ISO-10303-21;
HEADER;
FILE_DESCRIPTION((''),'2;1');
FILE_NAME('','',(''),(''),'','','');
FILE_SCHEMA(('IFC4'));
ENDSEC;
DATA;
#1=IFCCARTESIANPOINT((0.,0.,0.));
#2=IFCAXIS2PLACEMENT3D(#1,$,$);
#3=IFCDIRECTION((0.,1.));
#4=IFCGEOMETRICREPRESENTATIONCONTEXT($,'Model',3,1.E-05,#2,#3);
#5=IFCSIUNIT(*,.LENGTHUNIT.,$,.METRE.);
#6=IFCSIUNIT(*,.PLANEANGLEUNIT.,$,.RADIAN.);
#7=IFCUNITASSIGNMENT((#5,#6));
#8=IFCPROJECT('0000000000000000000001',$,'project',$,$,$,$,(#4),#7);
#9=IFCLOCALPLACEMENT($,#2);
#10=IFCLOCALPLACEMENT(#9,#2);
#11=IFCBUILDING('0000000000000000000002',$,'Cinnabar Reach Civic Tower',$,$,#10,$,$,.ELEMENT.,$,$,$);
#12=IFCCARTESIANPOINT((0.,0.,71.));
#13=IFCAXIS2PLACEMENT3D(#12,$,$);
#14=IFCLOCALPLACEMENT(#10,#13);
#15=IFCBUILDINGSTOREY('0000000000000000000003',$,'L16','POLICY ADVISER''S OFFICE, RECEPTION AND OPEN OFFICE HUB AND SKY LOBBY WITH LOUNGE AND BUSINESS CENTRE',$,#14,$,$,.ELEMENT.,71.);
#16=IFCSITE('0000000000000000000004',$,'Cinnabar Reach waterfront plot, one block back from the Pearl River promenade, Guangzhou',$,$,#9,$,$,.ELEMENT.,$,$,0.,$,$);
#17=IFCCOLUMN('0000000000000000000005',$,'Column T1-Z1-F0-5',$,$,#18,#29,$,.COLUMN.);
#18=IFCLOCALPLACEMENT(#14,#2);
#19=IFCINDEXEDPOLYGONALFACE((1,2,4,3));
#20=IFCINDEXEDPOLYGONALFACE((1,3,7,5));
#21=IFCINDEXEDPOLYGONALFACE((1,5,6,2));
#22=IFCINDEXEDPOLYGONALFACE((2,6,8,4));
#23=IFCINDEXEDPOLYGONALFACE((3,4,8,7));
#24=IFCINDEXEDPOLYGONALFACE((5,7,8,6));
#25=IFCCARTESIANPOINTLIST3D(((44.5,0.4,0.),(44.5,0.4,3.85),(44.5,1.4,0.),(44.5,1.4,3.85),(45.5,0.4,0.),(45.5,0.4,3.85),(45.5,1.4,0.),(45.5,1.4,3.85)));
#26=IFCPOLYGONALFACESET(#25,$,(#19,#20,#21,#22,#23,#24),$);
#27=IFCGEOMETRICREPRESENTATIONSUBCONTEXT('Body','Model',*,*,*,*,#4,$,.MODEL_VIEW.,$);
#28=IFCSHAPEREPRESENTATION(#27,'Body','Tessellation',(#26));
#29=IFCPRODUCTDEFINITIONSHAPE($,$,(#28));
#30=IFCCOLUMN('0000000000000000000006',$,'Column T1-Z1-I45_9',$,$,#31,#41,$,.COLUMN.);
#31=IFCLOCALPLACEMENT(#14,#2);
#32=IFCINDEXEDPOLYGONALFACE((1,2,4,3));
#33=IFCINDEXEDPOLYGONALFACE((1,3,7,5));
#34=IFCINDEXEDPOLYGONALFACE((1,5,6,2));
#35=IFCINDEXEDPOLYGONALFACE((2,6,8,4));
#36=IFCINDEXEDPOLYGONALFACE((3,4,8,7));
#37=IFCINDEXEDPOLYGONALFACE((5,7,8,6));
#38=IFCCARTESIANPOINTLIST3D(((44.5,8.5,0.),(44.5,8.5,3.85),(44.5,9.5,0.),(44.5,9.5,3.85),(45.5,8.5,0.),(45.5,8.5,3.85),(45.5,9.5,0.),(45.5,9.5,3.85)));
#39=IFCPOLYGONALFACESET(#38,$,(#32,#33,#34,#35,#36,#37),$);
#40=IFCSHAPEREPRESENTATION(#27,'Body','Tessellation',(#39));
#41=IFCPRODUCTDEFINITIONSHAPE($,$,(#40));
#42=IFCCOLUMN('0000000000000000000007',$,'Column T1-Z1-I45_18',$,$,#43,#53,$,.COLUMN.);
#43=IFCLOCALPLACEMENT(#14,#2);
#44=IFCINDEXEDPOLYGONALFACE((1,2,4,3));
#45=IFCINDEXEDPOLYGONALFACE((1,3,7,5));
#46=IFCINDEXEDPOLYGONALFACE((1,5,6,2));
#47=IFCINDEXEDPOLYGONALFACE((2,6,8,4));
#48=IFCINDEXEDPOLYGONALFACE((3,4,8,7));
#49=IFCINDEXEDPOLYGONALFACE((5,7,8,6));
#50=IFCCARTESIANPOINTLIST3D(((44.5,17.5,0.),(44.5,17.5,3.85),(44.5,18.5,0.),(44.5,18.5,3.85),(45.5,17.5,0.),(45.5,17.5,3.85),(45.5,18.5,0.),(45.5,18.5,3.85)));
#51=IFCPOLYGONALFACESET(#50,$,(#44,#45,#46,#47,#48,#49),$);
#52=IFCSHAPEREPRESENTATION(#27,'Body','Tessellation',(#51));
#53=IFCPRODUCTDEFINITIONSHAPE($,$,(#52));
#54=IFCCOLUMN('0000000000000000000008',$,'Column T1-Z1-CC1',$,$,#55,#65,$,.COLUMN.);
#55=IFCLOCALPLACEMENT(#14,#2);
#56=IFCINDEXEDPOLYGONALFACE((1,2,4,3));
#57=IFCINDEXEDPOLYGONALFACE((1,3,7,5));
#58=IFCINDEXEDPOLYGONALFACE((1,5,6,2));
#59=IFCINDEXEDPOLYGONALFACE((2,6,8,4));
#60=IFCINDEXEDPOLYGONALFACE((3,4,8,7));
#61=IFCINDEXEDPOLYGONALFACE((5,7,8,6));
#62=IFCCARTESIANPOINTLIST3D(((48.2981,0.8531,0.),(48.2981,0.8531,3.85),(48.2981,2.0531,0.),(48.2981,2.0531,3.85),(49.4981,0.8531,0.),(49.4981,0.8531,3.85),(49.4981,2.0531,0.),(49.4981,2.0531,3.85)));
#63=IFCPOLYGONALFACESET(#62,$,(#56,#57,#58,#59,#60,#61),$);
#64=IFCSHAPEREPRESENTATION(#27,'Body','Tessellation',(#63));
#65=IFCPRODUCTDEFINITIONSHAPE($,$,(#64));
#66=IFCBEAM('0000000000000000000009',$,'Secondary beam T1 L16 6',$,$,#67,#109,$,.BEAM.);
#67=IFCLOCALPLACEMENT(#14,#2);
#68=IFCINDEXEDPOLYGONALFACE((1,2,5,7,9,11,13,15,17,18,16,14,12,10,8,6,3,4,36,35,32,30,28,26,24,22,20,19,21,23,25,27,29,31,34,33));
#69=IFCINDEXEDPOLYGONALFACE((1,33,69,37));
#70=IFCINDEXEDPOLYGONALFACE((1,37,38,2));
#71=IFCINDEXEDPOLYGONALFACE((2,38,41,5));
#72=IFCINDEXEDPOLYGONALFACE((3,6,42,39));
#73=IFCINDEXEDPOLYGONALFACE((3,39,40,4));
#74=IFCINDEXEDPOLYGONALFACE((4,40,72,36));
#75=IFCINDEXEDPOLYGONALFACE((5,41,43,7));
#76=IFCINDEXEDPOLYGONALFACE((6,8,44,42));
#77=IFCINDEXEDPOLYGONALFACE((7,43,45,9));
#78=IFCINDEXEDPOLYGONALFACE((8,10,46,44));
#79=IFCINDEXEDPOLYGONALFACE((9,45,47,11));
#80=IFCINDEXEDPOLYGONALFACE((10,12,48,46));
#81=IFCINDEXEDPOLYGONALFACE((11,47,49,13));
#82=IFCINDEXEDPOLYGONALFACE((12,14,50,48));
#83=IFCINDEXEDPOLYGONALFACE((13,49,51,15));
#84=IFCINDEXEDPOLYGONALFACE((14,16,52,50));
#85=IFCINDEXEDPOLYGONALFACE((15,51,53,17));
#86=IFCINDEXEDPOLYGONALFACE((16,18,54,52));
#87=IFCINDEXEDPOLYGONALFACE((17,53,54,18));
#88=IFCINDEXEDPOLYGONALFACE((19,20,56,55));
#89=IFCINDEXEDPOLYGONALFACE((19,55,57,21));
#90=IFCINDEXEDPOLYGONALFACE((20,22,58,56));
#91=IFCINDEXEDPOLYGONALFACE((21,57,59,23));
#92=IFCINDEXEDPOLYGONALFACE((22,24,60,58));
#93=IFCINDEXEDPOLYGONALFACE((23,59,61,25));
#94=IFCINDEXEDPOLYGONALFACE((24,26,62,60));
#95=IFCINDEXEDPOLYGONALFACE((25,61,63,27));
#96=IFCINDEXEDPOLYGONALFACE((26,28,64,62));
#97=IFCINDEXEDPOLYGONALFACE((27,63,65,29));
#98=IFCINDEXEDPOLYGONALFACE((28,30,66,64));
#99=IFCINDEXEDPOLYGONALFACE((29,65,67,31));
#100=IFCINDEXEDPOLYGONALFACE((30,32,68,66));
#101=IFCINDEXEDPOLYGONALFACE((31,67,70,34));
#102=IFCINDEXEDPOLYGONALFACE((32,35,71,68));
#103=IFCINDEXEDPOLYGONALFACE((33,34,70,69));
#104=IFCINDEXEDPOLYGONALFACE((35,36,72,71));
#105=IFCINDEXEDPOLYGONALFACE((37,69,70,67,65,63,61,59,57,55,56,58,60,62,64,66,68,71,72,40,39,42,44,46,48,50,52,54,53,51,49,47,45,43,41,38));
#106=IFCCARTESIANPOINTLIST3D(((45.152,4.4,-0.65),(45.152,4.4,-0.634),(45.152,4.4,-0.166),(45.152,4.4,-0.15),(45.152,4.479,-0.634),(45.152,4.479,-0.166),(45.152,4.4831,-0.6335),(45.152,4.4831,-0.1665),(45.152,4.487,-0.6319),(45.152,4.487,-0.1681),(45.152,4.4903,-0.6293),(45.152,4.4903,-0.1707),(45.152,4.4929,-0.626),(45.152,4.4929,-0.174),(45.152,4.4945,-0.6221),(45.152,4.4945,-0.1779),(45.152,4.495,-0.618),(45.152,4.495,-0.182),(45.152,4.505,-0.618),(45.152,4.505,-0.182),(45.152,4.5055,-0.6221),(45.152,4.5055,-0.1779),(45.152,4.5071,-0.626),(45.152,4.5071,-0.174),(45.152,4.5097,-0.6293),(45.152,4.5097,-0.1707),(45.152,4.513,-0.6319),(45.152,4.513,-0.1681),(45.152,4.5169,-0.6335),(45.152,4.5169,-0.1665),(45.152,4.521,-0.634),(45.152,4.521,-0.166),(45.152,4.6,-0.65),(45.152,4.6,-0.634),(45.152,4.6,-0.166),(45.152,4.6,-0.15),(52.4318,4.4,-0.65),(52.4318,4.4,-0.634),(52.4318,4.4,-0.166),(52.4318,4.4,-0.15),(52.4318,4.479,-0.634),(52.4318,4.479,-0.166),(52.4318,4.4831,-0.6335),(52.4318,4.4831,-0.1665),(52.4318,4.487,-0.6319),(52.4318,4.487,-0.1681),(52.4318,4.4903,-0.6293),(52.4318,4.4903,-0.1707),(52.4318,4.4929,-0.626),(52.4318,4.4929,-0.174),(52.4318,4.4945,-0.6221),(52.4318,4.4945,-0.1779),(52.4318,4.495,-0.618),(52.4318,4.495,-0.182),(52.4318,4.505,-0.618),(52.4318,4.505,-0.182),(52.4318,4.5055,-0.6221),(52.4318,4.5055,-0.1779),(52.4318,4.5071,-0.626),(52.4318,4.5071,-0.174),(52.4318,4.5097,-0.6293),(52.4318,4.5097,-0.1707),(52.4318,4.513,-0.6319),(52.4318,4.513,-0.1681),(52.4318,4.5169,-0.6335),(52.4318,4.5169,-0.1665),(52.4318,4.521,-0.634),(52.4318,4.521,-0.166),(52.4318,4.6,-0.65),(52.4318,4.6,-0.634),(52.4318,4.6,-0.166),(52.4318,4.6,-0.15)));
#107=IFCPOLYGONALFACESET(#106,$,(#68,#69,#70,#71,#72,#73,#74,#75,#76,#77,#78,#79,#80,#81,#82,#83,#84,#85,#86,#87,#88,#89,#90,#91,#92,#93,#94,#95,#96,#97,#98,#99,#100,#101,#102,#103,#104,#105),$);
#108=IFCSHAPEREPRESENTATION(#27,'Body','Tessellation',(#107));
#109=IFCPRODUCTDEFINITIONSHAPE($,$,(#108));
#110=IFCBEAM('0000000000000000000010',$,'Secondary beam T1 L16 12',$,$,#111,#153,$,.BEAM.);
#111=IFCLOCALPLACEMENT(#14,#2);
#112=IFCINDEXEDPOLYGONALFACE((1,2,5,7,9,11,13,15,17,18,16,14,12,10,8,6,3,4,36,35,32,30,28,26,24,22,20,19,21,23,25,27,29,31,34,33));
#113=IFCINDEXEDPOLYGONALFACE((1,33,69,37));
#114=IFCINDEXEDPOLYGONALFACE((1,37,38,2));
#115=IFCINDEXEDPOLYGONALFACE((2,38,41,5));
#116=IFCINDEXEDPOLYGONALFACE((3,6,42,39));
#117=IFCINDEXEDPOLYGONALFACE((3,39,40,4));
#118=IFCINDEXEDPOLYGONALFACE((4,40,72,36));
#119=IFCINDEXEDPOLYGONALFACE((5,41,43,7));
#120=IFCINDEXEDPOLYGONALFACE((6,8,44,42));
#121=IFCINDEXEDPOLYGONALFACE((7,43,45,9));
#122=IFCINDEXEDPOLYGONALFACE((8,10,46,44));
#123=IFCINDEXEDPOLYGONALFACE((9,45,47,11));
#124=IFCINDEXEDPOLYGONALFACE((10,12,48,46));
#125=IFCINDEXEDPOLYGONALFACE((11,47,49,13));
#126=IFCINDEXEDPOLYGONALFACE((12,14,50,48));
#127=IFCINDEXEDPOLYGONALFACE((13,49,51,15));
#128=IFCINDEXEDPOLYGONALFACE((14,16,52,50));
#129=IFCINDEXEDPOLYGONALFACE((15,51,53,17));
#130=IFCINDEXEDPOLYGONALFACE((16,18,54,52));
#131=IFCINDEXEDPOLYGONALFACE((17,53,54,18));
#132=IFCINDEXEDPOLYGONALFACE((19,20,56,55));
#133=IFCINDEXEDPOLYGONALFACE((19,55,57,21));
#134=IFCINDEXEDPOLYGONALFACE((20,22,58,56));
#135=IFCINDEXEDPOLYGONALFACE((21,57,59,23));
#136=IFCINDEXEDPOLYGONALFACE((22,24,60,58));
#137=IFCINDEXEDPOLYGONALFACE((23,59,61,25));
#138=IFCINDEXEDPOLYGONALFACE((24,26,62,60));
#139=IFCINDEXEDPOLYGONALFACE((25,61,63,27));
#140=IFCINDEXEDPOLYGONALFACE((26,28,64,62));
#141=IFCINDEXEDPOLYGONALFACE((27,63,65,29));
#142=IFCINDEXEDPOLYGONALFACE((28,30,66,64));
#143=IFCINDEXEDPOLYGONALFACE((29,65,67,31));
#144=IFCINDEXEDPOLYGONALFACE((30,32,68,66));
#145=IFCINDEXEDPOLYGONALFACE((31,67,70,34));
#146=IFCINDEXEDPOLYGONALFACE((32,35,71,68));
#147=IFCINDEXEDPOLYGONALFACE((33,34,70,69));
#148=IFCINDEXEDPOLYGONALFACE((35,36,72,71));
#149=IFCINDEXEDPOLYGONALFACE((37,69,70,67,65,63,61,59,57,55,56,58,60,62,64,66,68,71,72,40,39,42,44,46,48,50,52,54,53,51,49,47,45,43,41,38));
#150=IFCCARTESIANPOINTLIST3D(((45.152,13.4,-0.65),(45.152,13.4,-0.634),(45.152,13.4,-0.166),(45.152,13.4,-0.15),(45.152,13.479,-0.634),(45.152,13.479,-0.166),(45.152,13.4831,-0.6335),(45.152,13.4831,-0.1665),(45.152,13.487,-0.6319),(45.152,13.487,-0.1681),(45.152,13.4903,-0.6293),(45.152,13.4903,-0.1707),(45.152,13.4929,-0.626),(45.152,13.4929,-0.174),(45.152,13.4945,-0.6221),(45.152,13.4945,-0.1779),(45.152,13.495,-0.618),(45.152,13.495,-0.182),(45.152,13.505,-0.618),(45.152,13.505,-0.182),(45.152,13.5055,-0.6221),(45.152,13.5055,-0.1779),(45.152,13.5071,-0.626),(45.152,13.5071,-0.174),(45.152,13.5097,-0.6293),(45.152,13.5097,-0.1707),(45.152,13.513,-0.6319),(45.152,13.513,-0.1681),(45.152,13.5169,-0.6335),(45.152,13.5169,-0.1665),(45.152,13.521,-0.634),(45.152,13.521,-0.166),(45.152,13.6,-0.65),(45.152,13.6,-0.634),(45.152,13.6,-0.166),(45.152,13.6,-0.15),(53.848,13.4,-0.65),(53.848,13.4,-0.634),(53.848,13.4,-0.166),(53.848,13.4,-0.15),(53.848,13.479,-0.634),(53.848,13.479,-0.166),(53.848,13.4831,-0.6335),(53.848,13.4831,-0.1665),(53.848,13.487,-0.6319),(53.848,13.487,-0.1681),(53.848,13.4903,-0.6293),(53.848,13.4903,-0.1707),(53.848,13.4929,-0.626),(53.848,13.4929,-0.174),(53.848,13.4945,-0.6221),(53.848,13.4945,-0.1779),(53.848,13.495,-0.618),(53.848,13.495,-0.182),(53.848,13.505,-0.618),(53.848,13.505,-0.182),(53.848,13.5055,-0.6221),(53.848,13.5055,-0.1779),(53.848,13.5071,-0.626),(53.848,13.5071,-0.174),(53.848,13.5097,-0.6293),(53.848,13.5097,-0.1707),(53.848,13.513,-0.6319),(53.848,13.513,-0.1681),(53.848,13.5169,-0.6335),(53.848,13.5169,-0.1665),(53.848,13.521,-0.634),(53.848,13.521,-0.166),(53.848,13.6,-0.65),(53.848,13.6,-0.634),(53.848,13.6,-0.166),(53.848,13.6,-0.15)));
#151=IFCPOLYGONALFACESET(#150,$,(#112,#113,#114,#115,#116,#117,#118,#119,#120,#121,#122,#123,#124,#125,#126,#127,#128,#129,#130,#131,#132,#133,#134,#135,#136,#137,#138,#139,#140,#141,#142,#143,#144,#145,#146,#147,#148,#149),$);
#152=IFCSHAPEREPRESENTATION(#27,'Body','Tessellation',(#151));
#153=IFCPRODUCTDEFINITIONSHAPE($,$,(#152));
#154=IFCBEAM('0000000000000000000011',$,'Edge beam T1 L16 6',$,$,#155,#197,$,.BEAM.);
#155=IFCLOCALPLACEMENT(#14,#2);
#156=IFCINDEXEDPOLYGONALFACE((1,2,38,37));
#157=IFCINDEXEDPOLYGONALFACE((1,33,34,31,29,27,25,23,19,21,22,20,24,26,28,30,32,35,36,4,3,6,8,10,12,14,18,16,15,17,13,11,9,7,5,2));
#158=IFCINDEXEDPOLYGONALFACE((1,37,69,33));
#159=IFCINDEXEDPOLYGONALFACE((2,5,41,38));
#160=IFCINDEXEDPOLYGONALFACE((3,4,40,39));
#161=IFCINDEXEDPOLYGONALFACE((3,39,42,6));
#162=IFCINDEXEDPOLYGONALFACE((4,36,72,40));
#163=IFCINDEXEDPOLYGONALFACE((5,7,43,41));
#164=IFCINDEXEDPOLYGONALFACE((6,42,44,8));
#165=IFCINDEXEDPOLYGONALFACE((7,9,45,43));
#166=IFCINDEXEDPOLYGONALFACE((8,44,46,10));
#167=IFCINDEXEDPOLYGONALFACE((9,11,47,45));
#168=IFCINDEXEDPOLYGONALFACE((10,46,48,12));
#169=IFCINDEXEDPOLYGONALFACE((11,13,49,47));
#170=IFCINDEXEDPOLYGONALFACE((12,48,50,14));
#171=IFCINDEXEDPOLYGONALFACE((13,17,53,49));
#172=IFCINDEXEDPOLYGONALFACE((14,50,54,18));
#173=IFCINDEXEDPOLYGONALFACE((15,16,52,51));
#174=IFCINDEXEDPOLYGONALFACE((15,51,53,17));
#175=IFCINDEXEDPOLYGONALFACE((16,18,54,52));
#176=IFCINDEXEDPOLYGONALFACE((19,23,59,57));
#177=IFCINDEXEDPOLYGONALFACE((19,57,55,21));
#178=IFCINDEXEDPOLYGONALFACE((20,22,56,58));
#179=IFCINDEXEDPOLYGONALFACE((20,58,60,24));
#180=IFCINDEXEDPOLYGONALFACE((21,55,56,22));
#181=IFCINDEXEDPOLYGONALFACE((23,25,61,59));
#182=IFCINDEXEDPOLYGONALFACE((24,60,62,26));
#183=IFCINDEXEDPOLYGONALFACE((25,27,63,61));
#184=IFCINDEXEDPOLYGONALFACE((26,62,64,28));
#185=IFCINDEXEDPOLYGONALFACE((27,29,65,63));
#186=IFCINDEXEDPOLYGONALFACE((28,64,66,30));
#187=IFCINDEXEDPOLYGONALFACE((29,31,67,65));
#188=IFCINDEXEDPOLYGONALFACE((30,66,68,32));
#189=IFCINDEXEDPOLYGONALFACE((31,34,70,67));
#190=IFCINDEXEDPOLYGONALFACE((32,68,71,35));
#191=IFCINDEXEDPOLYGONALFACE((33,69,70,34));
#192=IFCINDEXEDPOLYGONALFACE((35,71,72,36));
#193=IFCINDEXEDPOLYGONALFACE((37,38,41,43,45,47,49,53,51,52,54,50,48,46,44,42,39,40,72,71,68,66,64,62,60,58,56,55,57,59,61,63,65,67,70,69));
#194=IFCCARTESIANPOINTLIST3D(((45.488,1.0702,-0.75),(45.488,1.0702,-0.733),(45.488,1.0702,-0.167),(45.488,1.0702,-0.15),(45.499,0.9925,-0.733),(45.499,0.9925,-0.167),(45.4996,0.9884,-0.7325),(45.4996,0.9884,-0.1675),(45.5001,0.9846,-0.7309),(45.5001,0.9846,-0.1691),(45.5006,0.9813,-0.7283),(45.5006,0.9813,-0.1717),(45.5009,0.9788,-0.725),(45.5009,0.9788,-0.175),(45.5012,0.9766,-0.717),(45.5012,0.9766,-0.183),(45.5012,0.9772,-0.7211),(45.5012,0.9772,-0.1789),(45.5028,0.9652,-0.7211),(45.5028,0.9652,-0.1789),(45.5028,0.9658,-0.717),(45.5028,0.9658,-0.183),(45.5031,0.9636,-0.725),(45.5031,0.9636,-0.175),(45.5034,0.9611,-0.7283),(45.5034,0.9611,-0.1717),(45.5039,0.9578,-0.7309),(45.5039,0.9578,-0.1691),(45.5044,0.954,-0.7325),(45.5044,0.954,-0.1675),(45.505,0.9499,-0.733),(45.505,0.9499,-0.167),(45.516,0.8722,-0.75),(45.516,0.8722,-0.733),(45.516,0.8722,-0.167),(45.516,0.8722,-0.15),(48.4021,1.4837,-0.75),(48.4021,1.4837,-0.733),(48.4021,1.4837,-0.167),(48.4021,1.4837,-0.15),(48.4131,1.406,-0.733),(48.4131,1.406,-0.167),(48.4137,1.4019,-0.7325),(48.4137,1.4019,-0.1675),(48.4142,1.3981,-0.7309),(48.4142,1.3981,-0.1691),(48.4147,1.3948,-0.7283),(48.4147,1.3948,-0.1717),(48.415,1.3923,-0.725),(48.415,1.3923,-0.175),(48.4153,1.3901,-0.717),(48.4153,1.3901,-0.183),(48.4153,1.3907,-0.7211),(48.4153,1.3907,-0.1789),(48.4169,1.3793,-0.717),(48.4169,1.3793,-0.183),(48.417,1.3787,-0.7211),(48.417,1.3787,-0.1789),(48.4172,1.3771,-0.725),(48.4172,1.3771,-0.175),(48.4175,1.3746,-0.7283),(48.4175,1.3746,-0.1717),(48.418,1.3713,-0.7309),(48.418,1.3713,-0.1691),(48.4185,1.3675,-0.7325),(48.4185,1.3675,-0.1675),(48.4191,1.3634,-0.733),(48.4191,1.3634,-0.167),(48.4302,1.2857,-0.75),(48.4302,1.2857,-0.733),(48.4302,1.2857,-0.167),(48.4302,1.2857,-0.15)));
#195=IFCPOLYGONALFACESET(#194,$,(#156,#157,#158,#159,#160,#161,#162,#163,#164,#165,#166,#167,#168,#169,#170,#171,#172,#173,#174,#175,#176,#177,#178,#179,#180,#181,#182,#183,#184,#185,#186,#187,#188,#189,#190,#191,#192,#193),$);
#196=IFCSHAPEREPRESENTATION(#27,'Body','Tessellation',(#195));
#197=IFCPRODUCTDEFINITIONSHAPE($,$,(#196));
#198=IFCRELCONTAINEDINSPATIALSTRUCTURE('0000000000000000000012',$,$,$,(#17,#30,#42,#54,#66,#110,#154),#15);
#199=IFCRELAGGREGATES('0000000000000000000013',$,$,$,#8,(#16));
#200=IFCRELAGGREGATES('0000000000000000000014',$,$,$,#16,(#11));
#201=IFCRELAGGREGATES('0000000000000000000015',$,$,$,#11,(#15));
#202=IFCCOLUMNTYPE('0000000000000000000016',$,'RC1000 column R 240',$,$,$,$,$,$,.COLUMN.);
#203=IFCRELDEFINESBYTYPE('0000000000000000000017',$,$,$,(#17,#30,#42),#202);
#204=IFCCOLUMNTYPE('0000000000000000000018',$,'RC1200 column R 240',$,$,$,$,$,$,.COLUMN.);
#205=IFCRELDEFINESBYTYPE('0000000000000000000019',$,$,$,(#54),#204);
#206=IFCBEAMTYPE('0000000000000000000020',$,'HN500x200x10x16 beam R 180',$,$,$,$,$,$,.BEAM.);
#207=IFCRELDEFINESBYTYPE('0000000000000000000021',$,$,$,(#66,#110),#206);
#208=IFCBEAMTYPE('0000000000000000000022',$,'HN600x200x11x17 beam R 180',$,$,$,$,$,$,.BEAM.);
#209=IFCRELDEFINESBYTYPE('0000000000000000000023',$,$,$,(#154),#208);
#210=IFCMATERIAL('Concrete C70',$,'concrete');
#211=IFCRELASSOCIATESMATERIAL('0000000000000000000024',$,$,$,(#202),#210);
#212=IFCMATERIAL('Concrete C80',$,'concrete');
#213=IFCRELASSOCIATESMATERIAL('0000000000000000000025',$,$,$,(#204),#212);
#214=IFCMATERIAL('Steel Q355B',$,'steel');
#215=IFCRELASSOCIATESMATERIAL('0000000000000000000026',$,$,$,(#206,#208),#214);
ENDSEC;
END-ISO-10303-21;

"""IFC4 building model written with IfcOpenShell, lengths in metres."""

from ifc_helpers import new_model, si_unit, direction, frame, origin, origin_2d, place, context, subcontext, project, spatial, rectangle, i_section, extrude, material, material_profile, profile_set, type_object, element, save


model = new_model("IFC4")

# Units and contexts
model_context = context("Model", 3, precision=1e-05, world=origin(), true_north=direction((0.0, 1.0)))
body_context = subcontext(model_context, "Body", "Model", "MODEL_VIEW")
ifc_project = project(units=[si_unit("LENGTHUNIT", "METRE"), si_unit("PLANEANGLEUNIT", "RADIAN")], contexts=[model_context])

# Site, building, storey
site_placement = place(None, origin())
site = spatial("IfcSite", under=ifc_project, at=site_placement, Name="Cinnabar Reach waterfront plot, one block back from the Pearl River promenade, Guangzhou", CompositionType="ELEMENT", RefElevation=0.0)
building_placement = place(site_placement, origin())
building = spatial("IfcBuilding", under=site, at=building_placement, Name="Cinnabar Reach Civic Tower", CompositionType="ELEMENT")
storey_placement = place(building_placement, frame((0.0, 0.0, 71.0)))
storey = spatial("IfcBuildingStorey", under=building, at=storey_placement, Name="L16", Description="POLICY ADVISER'S OFFICE, RECEPTION AND OPEN OFFICE HUB AND SKY LOBBY WITH LOUNGE AND BUSINESS CENTRE", CompositionType="ELEMENT", Elevation=71.0)

# Columns
ifc_material_1 = material(Name="Concrete C70", Category="concrete")
ifc_material_profile_1 = material_profile(ifc_material_1, rectangle(XDim=1.0, YDim=1.0, at=origin_2d()), Name="RC1000")
ifc_profile_set_1 = profile_set([ifc_material_profile_1], Name="Concrete C70")
column_type_1 = type_object("IfcColumnType", Name="RC1000 column R 240", PredefinedType="COLUMN", material=ifc_profile_set_1)
for number, where, z_axis, x_axis, name in (
    (1, (45.0, 0.9, 0.0), (0.0, 0.0, 1.0), (1.0, 0.0, 0.0), "Column T1-Z1-F0-5"),
    (2, (45.0, 9.0, 0.0), (0.0, 0.0, 1.0), (1.0, 0.0, 0.0), "Column T1-Z1-I45_9"),
    (3, (45.0, 18.0, 0.0), (0.0, 0.0, 1.0), (1.0, 0.0, 0.0), "Column T1-Z1-I45_18"),
):
    element("IfcColumn", number, at=place(storey_placement, frame(where, z_axis=z_axis, x_axis=x_axis)), inside=storey, type_object=column_type_1, Name=name, PredefinedType="COLUMN", context=body_context, shape_type="SweptSolid", body=[
        extrude(rectangle(XDim=1.0, YDim=1.0, at=origin_2d()), origin(), (0.0, 0.0, 1.0), 3.85),
    ])
ifc_material_2 = material(Name="Concrete C80", Category="concrete")
ifc_material_profile_2 = material_profile(ifc_material_2, rectangle(XDim=1.2, YDim=1.2, at=origin_2d()), Name="RC1200")
ifc_profile_set_2 = profile_set([ifc_material_profile_2], Name="Concrete C80")
column_type_2 = type_object("IfcColumnType", Name="RC1200 column R 240", PredefinedType="COLUMN", material=ifc_profile_set_2)
column_placement = place(storey_placement, frame((48.8981, 1.4531, 0.0), z_axis=(0.0, 0.0, 1.0), x_axis=(1.0, 0.0, 0.0)))
element("IfcColumn", 4, at=column_placement, inside=storey, type_object=column_type_2, Name="Column T1-Z1-CC1", PredefinedType="COLUMN", context=body_context, shape_type="SweptSolid", body=[
    extrude(rectangle(XDim=1.2, YDim=1.2, at=origin_2d()), origin(), (0.0, 0.0, 1.0), 3.85),
])

# Beams
ifc_material_3 = material(Name="Steel Q355B", Category="steel")
ifc_material_profile_3 = material_profile(ifc_material_3, i_section(OverallWidth=0.2, OverallDepth=0.5, WebThickness=0.01, FlangeThickness=0.016, FilletRadius=0.016, at=origin_2d()), Name="HN500x200x10x16")
ifc_profile_set_3 = profile_set([ifc_material_profile_3], Name="Steel Q355B")
beam_type_1 = type_object("IfcBeamType", Name="HN500x200x10x16 beam R 180", PredefinedType="BEAM", material=ifc_profile_set_3)
beam_1_placement = place(storey_placement, frame((45.152, 4.5, -0.4), z_axis=(1.0, 0.0, 0.0), x_axis=(0.0, 1.0, 0.0)))
element("IfcBeam", 5, at=beam_1_placement, inside=storey, type_object=beam_type_1, Name="Secondary beam T1 L16 6", PredefinedType="BEAM", context=body_context, shape_type="SweptSolid", body=[
    extrude(i_section(OverallWidth=0.2, OverallDepth=0.5, WebThickness=0.01, FlangeThickness=0.016, FilletRadius=0.016, at=origin_2d()), origin(), (0.0, 0.0, 1.0), 7.2798),
])
beam_2_placement = place(storey_placement, frame((45.152, 13.5, -0.4), z_axis=(1.0, 0.0, 0.0), x_axis=(0.0, 1.0, 0.0)))
element("IfcBeam", 6, at=beam_2_placement, inside=storey, type_object=beam_type_1, Name="Secondary beam T1 L16 12", PredefinedType="BEAM", context=body_context, shape_type="SweptSolid", body=[
    extrude(i_section(OverallWidth=0.2, OverallDepth=0.5, WebThickness=0.01, FlangeThickness=0.016, FilletRadius=0.016, at=origin_2d()), origin(), (0.0, 0.0, 1.0), 8.696),
])
ifc_material_profile_4 = material_profile(ifc_material_3, i_section(OverallWidth=0.2, OverallDepth=0.6, WebThickness=0.011, FlangeThickness=0.017, FilletRadius=0.016, at=origin_2d()), Name="HN600x200x11x17")
ifc_profile_set_4 = profile_set([ifc_material_profile_4], Name="Steel Q355B")
beam_type_2 = type_object("IfcBeamType", Name="HN600x200x11x17 beam R 180", PredefinedType="BEAM", material=ifc_profile_set_4)
beam_3_placement = place(storey_placement, frame((45.502, 0.9712, -0.45), z_axis=(0.990082, 0.140489, 0.0), x_axis=(-0.140489, 0.990082, 0.0)))
element("IfcBeam", 7, at=beam_3_placement, inside=storey, type_object=beam_type_2, Name="Edge beam T1 L16 6", PredefinedType="BEAM", context=body_context, shape_type="SweptSolid", body=[
    extrude(i_section(OverallWidth=0.2, OverallDepth=0.6, WebThickness=0.011, FlangeThickness=0.017, FilletRadius=0.016, at=origin_2d()), origin(), (0.0, 0.0, 1.0), 2.9433),
])

save(model, "model.ifc")
